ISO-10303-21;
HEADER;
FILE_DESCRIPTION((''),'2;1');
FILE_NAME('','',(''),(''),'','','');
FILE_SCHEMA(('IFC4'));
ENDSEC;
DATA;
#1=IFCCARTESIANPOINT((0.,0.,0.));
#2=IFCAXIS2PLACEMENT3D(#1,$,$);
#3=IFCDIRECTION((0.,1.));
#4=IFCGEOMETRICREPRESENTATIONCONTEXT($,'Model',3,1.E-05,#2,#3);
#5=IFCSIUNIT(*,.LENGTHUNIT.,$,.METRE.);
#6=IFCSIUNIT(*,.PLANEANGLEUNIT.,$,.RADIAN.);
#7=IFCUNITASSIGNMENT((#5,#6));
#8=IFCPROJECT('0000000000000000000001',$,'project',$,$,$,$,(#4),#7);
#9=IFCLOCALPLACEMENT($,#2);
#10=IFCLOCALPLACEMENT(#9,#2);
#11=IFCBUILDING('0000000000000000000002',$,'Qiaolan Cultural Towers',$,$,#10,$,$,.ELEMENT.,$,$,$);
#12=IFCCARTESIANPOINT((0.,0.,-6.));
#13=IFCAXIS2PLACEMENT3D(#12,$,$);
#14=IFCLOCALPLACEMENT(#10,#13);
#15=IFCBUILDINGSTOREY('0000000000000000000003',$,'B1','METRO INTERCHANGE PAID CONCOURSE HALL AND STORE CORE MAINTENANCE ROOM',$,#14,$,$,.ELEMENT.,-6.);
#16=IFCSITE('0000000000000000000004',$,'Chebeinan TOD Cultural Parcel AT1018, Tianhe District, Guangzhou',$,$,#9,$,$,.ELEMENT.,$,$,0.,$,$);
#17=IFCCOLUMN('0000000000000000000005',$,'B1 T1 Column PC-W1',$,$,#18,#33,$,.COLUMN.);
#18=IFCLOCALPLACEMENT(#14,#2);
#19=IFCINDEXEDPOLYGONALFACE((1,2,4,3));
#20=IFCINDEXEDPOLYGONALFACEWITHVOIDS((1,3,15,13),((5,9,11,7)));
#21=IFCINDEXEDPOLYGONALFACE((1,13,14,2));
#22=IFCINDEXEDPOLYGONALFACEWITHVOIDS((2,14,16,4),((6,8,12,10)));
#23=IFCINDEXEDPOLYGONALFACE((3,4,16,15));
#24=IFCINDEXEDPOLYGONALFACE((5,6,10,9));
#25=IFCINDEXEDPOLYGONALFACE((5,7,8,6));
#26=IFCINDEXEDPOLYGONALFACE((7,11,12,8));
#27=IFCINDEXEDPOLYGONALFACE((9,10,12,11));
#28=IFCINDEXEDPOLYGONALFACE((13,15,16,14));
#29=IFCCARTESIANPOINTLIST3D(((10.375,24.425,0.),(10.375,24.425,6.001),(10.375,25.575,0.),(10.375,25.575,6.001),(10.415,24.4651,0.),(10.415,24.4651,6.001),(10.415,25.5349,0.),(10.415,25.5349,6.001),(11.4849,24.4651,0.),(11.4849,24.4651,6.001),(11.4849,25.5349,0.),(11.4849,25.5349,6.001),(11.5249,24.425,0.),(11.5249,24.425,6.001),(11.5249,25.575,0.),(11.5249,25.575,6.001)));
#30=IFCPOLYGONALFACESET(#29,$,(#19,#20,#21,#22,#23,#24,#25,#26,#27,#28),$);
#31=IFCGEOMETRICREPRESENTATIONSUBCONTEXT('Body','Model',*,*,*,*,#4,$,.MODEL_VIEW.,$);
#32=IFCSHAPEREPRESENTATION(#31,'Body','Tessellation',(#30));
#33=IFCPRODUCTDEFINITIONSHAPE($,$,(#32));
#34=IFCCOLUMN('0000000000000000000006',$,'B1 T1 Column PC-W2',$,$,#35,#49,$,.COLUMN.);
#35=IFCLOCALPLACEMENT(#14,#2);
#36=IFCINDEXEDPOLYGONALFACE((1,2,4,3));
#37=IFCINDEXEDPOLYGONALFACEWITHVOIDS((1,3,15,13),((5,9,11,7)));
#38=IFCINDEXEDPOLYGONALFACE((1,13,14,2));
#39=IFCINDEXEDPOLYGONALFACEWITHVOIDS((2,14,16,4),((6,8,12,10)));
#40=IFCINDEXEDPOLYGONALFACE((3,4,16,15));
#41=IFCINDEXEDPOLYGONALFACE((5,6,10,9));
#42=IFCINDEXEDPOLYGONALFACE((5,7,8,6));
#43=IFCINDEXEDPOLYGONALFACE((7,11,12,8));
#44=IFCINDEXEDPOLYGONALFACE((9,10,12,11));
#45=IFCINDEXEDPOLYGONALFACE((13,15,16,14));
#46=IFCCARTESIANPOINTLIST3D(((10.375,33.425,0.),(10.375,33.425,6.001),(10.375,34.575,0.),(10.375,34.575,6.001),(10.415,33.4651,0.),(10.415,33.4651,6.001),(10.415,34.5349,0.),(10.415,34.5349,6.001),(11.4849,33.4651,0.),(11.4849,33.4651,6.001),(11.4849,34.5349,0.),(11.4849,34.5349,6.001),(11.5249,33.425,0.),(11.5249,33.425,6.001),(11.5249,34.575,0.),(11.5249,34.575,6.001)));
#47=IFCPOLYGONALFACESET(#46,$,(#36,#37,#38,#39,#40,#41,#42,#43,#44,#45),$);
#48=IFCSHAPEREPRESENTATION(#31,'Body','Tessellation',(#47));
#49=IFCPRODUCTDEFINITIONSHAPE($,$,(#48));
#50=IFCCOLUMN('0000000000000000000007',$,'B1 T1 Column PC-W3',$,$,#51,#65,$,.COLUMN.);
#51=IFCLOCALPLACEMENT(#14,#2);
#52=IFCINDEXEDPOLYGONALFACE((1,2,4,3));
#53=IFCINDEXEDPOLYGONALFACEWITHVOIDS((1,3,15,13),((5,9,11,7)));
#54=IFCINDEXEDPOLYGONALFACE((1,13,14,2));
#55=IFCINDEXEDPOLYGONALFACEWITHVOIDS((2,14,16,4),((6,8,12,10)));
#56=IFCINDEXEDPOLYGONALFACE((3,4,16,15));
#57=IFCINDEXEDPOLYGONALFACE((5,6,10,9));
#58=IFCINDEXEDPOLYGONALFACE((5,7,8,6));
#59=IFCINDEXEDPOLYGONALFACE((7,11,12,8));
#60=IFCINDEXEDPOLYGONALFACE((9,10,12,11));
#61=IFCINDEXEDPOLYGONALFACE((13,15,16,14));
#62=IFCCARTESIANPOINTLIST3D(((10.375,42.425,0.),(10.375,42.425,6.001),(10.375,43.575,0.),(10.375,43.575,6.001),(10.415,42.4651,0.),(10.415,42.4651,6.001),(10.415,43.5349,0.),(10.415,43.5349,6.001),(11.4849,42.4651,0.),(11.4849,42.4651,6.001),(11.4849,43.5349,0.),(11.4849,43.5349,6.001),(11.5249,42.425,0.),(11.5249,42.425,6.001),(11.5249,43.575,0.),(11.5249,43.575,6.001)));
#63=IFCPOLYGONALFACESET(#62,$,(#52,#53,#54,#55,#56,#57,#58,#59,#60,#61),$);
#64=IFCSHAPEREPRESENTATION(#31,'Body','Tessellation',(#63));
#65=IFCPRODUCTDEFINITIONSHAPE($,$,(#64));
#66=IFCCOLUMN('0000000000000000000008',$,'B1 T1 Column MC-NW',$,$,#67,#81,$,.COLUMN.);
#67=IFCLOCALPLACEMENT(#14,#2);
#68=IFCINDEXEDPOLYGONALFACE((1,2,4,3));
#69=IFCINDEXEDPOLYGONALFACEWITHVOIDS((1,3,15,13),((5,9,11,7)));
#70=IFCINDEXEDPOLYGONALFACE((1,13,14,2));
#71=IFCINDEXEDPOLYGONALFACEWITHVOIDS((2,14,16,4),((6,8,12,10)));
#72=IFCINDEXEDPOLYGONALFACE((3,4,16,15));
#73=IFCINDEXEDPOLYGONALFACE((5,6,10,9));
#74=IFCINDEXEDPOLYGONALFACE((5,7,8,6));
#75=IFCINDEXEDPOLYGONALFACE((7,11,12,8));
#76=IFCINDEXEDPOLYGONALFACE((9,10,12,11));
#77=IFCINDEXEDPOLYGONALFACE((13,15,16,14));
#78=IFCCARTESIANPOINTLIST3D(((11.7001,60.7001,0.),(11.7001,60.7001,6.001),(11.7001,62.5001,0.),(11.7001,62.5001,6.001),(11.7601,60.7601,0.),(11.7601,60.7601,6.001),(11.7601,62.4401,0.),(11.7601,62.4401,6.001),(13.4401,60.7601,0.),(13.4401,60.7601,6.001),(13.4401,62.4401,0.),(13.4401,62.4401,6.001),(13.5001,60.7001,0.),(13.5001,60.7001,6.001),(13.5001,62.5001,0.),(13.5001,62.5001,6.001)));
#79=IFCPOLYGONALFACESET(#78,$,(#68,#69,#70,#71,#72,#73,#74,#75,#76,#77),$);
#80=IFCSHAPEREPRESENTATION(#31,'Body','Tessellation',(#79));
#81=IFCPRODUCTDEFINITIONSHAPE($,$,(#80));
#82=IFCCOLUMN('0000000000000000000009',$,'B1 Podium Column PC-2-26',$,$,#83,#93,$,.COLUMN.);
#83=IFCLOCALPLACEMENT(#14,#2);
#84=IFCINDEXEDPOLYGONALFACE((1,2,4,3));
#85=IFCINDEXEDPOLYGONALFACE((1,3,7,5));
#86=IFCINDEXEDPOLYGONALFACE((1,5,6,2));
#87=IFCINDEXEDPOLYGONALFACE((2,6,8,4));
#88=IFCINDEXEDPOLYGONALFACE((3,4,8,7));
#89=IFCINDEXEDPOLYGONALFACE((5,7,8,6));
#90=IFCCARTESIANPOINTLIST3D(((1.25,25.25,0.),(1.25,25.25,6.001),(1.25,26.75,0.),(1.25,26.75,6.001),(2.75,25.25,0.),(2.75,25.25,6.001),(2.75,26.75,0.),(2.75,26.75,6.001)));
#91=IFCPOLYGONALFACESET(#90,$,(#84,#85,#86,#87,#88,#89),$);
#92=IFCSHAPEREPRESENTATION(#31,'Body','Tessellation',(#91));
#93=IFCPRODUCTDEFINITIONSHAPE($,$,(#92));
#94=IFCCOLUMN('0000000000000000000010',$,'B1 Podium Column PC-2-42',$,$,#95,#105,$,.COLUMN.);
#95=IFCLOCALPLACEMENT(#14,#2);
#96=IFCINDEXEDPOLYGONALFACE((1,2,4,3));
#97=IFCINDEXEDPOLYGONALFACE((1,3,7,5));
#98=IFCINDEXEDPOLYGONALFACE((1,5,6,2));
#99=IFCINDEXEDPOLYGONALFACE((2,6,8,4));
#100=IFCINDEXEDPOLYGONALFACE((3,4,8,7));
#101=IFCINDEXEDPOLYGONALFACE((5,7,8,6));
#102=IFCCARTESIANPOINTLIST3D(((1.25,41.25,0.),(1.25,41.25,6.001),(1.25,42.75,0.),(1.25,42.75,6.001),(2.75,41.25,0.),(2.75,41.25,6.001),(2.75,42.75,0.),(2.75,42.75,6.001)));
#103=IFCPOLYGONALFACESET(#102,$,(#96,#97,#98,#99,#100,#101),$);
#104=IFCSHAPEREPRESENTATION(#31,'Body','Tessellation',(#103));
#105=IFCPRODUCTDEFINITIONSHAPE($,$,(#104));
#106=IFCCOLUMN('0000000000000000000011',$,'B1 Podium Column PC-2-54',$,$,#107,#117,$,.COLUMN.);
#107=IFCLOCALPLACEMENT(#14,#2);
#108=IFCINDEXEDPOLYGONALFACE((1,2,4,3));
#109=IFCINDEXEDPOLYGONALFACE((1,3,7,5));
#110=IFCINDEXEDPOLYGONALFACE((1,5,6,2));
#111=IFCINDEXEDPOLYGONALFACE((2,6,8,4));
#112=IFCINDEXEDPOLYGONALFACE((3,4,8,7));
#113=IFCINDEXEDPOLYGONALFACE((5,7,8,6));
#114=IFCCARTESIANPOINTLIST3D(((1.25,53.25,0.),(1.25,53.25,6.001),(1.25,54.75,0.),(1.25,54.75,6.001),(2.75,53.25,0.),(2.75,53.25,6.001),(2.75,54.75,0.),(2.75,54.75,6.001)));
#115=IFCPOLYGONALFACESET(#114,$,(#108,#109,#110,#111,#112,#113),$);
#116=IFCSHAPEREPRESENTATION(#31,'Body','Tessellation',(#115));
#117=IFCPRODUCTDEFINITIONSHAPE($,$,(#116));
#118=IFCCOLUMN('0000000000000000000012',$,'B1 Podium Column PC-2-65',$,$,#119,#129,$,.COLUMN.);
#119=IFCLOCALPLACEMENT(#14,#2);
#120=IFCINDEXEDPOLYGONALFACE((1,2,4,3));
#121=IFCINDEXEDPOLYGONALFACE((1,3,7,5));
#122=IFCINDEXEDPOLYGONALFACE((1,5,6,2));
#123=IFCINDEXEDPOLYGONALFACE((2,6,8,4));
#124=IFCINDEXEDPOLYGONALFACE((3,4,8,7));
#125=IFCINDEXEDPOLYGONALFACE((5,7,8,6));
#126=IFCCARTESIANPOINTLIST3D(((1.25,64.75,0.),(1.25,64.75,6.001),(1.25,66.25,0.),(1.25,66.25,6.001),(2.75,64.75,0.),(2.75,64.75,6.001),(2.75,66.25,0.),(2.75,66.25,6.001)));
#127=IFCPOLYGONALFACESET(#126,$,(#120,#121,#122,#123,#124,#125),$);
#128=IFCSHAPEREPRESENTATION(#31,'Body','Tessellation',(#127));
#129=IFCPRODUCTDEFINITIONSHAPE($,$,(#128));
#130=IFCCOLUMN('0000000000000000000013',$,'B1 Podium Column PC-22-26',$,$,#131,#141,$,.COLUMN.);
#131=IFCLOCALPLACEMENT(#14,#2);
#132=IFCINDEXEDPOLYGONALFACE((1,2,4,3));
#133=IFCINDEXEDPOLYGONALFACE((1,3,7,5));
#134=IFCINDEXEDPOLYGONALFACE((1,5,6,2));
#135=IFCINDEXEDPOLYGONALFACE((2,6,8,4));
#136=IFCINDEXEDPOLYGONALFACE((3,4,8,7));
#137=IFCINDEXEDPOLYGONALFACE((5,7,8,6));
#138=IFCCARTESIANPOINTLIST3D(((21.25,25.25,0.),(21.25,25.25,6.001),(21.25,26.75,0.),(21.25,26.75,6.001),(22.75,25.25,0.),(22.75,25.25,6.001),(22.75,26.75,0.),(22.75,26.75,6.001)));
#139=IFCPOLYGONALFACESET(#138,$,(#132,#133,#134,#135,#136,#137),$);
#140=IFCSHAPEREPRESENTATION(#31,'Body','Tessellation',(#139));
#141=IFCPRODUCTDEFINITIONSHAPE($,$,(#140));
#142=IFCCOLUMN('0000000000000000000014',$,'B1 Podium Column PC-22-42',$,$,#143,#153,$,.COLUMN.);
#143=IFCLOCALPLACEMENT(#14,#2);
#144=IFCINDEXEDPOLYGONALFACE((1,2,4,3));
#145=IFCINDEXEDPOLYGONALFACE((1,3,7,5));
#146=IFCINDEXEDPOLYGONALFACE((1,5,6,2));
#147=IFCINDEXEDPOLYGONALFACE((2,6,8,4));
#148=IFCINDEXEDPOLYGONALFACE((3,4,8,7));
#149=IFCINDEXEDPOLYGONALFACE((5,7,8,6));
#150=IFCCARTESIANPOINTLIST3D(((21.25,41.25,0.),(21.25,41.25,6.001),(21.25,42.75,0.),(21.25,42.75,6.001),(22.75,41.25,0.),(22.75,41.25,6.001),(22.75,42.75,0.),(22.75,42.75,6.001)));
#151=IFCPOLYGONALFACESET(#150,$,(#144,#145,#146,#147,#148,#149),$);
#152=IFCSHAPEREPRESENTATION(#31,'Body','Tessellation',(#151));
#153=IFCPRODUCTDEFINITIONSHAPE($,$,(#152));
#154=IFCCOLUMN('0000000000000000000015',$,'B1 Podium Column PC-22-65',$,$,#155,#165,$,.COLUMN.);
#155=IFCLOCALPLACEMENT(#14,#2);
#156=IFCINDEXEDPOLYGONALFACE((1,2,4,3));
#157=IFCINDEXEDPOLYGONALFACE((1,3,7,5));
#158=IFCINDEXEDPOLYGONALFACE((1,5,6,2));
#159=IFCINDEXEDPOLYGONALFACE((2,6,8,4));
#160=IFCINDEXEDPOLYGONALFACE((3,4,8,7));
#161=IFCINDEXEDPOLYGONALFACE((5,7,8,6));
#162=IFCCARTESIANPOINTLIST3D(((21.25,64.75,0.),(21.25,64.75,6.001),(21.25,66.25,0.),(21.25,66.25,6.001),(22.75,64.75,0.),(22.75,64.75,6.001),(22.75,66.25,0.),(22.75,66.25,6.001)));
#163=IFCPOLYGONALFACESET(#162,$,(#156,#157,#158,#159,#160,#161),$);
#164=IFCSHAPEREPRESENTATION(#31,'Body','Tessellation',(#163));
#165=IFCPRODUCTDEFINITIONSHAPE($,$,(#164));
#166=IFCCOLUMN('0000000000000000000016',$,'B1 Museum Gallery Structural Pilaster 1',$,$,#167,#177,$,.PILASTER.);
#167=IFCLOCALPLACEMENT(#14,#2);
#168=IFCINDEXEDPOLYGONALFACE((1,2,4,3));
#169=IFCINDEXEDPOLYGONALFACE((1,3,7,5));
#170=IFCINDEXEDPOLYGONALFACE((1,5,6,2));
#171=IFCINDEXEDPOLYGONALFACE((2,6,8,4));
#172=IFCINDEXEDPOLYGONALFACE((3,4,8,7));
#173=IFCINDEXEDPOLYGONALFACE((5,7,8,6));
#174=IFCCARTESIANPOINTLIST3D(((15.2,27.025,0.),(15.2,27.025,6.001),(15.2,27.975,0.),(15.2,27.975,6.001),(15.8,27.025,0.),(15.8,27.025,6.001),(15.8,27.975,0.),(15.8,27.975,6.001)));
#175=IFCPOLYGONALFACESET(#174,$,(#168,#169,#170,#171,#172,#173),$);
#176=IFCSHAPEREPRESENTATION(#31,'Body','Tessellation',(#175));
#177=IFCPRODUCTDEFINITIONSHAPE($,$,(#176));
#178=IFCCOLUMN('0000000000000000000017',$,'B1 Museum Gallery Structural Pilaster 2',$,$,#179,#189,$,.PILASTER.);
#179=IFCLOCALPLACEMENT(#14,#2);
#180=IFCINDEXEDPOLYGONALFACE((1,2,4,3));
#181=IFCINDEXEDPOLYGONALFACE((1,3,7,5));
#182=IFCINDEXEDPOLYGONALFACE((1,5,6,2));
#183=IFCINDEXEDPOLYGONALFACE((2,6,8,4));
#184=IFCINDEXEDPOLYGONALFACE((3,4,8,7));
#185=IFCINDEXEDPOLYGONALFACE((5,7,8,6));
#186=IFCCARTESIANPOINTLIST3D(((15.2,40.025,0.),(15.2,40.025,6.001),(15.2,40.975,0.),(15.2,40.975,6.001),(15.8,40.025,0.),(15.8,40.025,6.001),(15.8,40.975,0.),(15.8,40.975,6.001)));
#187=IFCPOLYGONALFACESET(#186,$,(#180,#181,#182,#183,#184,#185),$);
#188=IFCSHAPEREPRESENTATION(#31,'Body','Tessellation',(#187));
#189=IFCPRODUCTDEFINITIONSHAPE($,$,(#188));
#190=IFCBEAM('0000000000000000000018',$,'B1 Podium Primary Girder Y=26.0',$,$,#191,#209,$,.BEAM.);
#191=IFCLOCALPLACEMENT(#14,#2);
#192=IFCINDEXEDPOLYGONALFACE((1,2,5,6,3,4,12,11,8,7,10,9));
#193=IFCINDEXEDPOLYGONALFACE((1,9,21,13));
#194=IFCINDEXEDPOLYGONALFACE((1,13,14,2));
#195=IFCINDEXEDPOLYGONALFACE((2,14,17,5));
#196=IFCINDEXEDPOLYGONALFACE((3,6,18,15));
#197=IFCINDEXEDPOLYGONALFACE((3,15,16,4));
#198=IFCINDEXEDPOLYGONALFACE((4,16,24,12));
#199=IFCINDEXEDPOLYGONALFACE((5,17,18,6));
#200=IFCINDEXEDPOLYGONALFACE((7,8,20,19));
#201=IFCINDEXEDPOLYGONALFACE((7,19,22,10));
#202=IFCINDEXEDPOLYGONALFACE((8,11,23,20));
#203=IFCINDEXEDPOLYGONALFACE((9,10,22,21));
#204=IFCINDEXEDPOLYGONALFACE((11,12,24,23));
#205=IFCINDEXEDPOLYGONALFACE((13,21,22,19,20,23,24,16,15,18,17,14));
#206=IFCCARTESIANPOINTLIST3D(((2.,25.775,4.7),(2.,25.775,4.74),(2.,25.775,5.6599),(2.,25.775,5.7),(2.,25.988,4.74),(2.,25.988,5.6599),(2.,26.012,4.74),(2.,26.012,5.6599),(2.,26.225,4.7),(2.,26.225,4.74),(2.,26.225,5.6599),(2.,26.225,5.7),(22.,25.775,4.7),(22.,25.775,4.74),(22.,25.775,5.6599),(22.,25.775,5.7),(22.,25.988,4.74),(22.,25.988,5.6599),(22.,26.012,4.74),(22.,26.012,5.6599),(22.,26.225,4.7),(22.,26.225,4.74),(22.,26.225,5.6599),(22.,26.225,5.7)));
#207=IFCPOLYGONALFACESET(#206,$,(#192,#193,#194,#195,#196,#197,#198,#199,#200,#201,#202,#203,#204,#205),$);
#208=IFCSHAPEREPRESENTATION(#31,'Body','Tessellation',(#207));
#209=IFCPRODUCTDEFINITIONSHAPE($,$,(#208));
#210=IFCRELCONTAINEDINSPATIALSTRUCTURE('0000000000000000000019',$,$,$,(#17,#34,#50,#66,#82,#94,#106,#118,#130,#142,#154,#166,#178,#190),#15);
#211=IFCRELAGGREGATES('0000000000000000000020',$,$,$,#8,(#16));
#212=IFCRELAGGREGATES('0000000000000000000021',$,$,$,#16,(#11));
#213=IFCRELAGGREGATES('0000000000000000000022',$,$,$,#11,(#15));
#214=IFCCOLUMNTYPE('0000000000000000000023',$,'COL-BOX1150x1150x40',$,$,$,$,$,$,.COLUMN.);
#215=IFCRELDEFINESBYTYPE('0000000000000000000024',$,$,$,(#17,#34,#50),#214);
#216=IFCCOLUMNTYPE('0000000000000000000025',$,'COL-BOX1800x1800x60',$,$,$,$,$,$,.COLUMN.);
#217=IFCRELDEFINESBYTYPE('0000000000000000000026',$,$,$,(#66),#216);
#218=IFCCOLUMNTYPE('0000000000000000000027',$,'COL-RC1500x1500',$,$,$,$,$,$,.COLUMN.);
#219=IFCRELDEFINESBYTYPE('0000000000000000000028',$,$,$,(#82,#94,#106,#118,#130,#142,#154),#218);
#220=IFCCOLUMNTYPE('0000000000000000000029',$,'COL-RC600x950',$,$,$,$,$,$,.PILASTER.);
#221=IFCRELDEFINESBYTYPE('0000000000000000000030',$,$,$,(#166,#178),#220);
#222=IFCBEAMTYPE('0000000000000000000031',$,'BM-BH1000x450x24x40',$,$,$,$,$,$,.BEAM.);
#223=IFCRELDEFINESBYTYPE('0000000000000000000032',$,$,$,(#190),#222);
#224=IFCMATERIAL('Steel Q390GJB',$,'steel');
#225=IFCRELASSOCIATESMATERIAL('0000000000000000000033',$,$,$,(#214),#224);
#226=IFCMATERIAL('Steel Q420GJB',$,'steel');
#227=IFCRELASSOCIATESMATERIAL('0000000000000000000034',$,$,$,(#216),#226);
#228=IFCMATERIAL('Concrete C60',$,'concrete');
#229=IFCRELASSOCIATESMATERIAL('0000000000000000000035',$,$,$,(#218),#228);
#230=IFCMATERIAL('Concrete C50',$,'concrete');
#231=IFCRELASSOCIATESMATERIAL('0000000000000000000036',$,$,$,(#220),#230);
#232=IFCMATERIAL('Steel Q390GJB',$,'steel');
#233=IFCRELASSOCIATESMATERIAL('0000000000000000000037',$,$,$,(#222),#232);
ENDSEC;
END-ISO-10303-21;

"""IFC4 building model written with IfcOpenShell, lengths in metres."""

from ifc_helpers import new_model, si_unit, direction, frame, origin, origin_2d, place, context, subcontext, project, spatial, rectangle, hollow_rectangle, i_section, extrude, material, material_profile, profile_set, type_object, element, save


model = new_model("IFC4")

# Units and contexts
model_context = context("Model", 3, precision=1e-05, world=origin(), true_north=direction((0.0, 1.0)))
body_context = subcontext(model_context, "Body", "Model", "MODEL_VIEW")
ifc_project = project(units=[si_unit("LENGTHUNIT", "METRE"), si_unit("PLANEANGLEUNIT", "RADIAN")], contexts=[model_context])

# Site, building, storey
site_placement = place(None, origin())
site = spatial("IfcSite", under=ifc_project, at=site_placement, Name="Chebeinan TOD Cultural Parcel AT1018, Tianhe District, Guangzhou", CompositionType="ELEMENT", RefElevation=0.0)
building_placement = place(site_placement, origin())
building = spatial("IfcBuilding", under=site, at=building_placement, Name="Qiaolan Cultural Towers", CompositionType="ELEMENT")
storey_placement = place(building_placement, frame((0.0, 0.0, -6.0)))
storey = spatial("IfcBuildingStorey", under=building, at=storey_placement, Name="B1", Description="METRO INTERCHANGE PAID CONCOURSE HALL AND STORE CORE MAINTENANCE ROOM", CompositionType="ELEMENT", Elevation=-6.0)

# Columns
ifc_material_1 = material(Name="Steel Q390GJB", Category="steel")
ifc_material_profile_1 = material_profile(ifc_material_1, hollow_rectangle(XDim=1.1499, YDim=1.1499, WallThickness=0.04, at=origin_2d()), Name="BOX1150x1150x40")
ifc_profile_set_1 = profile_set([ifc_material_profile_1], Name="Steel Q390GJB")
column_type_1 = type_object("IfcColumnType", Name="COL-BOX1150x1150x40", PredefinedType="COLUMN", material=ifc_profile_set_1)
for number, where, z_axis, x_axis, name in (
    (1, (10.95, 25.0, 0.0), (0.0, 0.0, 1.0), (1.0, 0.0, 0.0), "B1 T1 Column PC-W1"),
    (2, (10.95, 34.0, 0.0), (0.0, 0.0, 1.0), (1.0, 0.0, 0.0), "B1 T1 Column PC-W2"),
    (3, (10.95, 43.0, 0.0), (0.0, 0.0, 1.0), (1.0, 0.0, 0.0), "B1 T1 Column PC-W3"),
):
    element("IfcColumn", number, at=place(storey_placement, frame(where, z_axis=z_axis, x_axis=x_axis)), inside=storey, type_object=column_type_1, Name=name, PredefinedType="COLUMN", context=body_context, shape_type="SweptSolid", body=[
        extrude(hollow_rectangle(XDim=1.1499, YDim=1.1499, WallThickness=0.04, at=origin_2d()), origin(), (0.0, 0.0, 1.0), 6.001),
    ])
ifc_material_2 = material(Name="Steel Q420GJB", Category="steel")
ifc_material_profile_2 = material_profile(ifc_material_2, hollow_rectangle(XDim=1.8, YDim=1.8, WallThickness=0.0601, at=origin_2d()), Name="BOX1800x1800x60")
ifc_profile_set_2 = profile_set([ifc_material_profile_2], Name="Steel Q420GJB")
column_type_2 = type_object("IfcColumnType", Name="COL-BOX1800x1800x60", PredefinedType="COLUMN", material=ifc_profile_set_2)
column_placement = place(storey_placement, frame((12.6001, 61.6001, 0.0), z_axis=(0.0, 0.0, 1.0), x_axis=(1.0, 0.0, 0.0)))
element("IfcColumn", 4, at=column_placement, inside=storey, type_object=column_type_2, Name="B1 T1 Column MC-NW", PredefinedType="COLUMN", context=body_context, shape_type="SweptSolid", body=[
    extrude(hollow_rectangle(XDim=1.8, YDim=1.8, WallThickness=0.0601, at=origin_2d()), origin(), (0.0, 0.0, 1.0), 6.001),
])
ifc_material_3 = material(Name="Concrete C60", Category="concrete")
ifc_material_profile_3 = material_profile(ifc_material_3, rectangle(XDim=1.5, YDim=1.5, at=origin_2d()), Name="RC1500x1500")
ifc_profile_set_3 = profile_set([ifc_material_profile_3], Name="Concrete C60")
column_type_3 = type_object("IfcColumnType", Name="COL-RC1500x1500", PredefinedType="COLUMN", material=ifc_profile_set_3)
for number, where, z_axis, x_axis, name in (
    (5, (2.0, 26.0, 0.0), (0.0, 0.0, 1.0), (1.0, 0.0, 0.0), "B1 Podium Column PC-2-26"),
    (6, (2.0, 42.0, 0.0), (0.0, 0.0, 1.0), (1.0, 0.0, 0.0), "B1 Podium Column PC-2-42"),
    (7, (2.0, 54.0, 0.0), (0.0, 0.0, 1.0), (1.0, 0.0, 0.0), "B1 Podium Column PC-2-54"),
    (8, (2.0, 65.5, 0.0), (0.0, 0.0, 1.0), (1.0, 0.0, 0.0), "B1 Podium Column PC-2-65"),
    (9, (22.0, 26.0, 0.0), (0.0, 0.0, 1.0), (1.0, 0.0, 0.0), "B1 Podium Column PC-22-26"),
    (10, (22.0, 42.0, 0.0), (0.0, 0.0, 1.0), (1.0, 0.0, 0.0), "B1 Podium Column PC-22-42"),
    (11, (22.0, 65.5, 0.0), (0.0, 0.0, 1.0), (1.0, 0.0, 0.0), "B1 Podium Column PC-22-65"),
):
    element("IfcColumn", number, at=place(storey_placement, frame(where, z_axis=z_axis, x_axis=x_axis)), inside=storey, type_object=column_type_3, Name=name, PredefinedType="COLUMN", context=body_context, shape_type="SweptSolid", body=[
        extrude(rectangle(XDim=1.5, YDim=1.5, at=origin_2d()), origin(), (0.0, 0.0, 1.0), 6.001),
    ])
ifc_material_4 = material(Name="Concrete C50", Category="concrete")
ifc_material_profile_4 = material_profile(ifc_material_4, rectangle(XDim=0.6001, YDim=0.95, at=origin_2d()), Name="RC600x950")
ifc_profile_set_4 = profile_set([ifc_material_profile_4], Name="Concrete C50")
column_type_4 = type_object("IfcColumnType", Name="COL-RC600x950", PredefinedType="PILASTER", material=ifc_profile_set_4)
for number, where, z_axis, x_axis, name in (
    (12, (15.5, 27.5, 0.0), (0.0, 0.0, 1.0), (1.0, 0.0, 0.0), "B1 Museum Gallery Structural Pilaster 1"),
    (13, (15.5, 40.5, 0.0), (0.0, 0.0, 1.0), (1.0, 0.0, 0.0), "B1 Museum Gallery Structural Pilaster 2"),
):
    element("IfcColumn", number, at=place(storey_placement, frame(where, z_axis=z_axis, x_axis=x_axis)), inside=storey, type_object=column_type_4, Name=name, PredefinedType="PILASTER", context=body_context, shape_type="SweptSolid", body=[
        extrude(rectangle(XDim=0.6001, YDim=0.95, at=origin_2d()), origin(), (0.0, 0.0, 1.0), 6.001),
    ])

# Beam
ifc_material_5 = material(Name="Steel Q390GJB", Category="steel")
ifc_material_profile_5 = material_profile(ifc_material_5, i_section(OverallWidth=0.45, OverallDepth=1.0, WebThickness=0.0239, FlangeThickness=0.04, at=origin_2d()), Name="BH1000x450x24x40")
ifc_profile_set_5 = profile_set([ifc_material_profile_5], Name="Steel Q390GJB")
beam_type_1 = type_object("IfcBeamType", Name="BM-BH1000x450x24x40", PredefinedType="BEAM", material=ifc_profile_set_5)
beam_1_placement = place(storey_placement, frame((2.0, 26.0, 5.2), z_axis=(1.0, 0.0, 0.0), x_axis=(0.0, 1.0, 0.0)))
element("IfcBeam", 14, at=beam_1_placement, inside=storey, type_object=beam_type_1, Name="B1 Podium Primary Girder Y=26.0", PredefinedType="BEAM", context=body_context, shape_type="SweptSolid", body=[
    extrude(i_section(OverallWidth=0.45, OverallDepth=1.0, WebThickness=0.0239, FlangeThickness=0.04, at=origin_2d()), origin(), (0.0, 0.0, 1.0), 20.0),
])

save(model, "model.ifc")
